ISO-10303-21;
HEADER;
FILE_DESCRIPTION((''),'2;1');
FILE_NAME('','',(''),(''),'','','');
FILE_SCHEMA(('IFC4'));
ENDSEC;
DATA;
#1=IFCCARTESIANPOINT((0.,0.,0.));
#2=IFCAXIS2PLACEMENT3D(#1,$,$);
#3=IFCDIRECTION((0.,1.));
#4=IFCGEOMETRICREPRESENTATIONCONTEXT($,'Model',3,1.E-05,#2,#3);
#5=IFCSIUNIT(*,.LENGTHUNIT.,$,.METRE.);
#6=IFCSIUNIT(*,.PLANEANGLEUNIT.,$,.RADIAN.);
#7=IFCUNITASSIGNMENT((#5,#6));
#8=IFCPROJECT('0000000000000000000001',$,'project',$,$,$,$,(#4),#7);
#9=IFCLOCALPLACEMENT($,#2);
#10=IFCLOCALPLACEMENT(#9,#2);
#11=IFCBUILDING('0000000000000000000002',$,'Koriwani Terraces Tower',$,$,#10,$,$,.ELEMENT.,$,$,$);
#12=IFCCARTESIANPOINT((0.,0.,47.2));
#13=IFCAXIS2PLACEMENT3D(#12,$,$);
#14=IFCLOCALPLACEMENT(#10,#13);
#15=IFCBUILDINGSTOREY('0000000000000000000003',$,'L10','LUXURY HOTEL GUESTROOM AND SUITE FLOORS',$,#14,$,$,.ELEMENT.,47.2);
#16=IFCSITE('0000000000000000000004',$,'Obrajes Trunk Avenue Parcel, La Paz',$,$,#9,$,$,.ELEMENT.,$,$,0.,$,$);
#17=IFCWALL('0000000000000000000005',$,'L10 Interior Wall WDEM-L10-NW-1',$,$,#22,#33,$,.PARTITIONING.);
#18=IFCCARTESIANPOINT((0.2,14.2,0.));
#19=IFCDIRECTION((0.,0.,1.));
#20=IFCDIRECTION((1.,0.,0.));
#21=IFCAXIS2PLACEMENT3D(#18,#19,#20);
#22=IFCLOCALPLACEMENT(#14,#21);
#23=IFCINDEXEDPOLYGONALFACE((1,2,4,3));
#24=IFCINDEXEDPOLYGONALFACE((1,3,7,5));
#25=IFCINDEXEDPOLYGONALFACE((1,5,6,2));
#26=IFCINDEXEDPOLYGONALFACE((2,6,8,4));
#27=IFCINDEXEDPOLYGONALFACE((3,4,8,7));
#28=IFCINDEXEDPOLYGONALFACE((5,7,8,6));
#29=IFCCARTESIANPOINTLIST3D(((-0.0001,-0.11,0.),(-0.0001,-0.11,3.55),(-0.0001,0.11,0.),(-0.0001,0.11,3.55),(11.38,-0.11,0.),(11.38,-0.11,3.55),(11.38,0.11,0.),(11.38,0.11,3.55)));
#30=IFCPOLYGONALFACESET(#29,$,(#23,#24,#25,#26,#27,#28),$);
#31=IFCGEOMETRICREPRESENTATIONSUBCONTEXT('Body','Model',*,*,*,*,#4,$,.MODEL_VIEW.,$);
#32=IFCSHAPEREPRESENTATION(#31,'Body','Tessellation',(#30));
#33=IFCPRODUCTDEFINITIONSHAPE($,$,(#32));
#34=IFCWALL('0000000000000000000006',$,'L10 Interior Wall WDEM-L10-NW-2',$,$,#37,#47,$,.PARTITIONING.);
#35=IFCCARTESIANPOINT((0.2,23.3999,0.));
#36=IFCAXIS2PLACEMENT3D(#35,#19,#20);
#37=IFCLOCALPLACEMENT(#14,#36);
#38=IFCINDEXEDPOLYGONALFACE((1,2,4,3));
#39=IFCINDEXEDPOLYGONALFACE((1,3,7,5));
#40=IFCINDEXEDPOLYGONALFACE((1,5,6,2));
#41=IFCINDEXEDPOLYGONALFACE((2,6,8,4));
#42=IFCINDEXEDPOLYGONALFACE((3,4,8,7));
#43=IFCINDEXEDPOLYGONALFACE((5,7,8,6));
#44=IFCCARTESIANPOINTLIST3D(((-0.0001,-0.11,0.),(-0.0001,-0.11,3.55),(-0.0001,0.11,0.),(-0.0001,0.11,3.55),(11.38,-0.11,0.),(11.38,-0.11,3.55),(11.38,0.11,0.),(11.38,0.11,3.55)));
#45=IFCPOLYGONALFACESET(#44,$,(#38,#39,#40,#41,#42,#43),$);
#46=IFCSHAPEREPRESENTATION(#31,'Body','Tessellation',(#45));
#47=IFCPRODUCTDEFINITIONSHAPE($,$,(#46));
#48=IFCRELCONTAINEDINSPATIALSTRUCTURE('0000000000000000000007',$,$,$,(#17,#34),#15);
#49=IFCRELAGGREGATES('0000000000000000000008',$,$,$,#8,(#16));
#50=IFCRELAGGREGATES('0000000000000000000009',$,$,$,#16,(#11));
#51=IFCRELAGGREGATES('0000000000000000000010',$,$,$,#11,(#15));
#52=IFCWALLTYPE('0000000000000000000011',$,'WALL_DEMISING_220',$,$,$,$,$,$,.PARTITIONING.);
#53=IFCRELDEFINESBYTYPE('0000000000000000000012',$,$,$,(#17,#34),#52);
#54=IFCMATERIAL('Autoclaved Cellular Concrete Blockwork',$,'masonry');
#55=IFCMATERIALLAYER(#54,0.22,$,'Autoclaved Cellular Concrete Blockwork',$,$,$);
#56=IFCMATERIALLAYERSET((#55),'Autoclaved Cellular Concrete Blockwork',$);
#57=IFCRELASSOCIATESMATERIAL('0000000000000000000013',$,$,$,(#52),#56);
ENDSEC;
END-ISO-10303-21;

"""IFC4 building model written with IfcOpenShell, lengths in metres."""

from ifc_helpers import new_model, si_unit, direction, frame, frame_2d, origin, place, context, subcontext, project, spatial, rectangle, extrude, material, layer, layer_set, type_object, element, save


model = new_model("IFC4")

# Units and contexts
model_context = context("Model", 3, precision=1e-05, world=origin(), true_north=direction((0.0, 1.0)))
body_context = subcontext(model_context, "Body", "Model", "MODEL_VIEW")
ifc_project = project(units=[si_unit("LENGTHUNIT", "METRE"), si_unit("PLANEANGLEUNIT", "RADIAN")], contexts=[model_context])

# Site, building, storey
site_placement = place(None, origin())
site = spatial("IfcSite", under=ifc_project, at=site_placement, Name="Obrajes Trunk Avenue Parcel, La Paz", CompositionType="ELEMENT", RefElevation=0.0)
building_placement = place(site_placement, origin())
building = spatial("IfcBuilding", under=site, at=building_placement, Name="Koriwani Terraces Tower", CompositionType="ELEMENT")
storey_placement = place(building_placement, frame((0.0, 0.0, 47.2)))
storey = spatial("IfcBuildingStorey", under=building, at=storey_placement, Name="L10", Description="LUXURY HOTEL GUESTROOM AND SUITE FLOORS", CompositionType="ELEMENT", Elevation=47.2)

# Walls
ifc_material_1 = material(Name="Autoclaved Cellular Concrete Blockwork", Category="masonry")
ifc_layer_1 = layer(ifc_material_1, 0.22, Name="Autoclaved Cellular Concrete Blockwork")
ifc_layer_set_1 = layer_set([ifc_layer_1], Name="Autoclaved Cellular Concrete Blockwork")
wall_type_1 = type_object("IfcWallType", Name="WALL_DEMISING_220", PredefinedType="PARTITIONING", material=ifc_layer_set_1)
for number, where, z_axis, x_axis, name in (
    (1, (0.2, 14.2, 0.0), (0.0, 0.0, 1.0), (1.0, 0.0, 0.0), "L10 Interior Wall WDEM-L10-NW-1"),
    (2, (0.2, 23.3999, 0.0), (0.0, 0.0, 1.0), (1.0, 0.0, 0.0), "L10 Interior Wall WDEM-L10-NW-2"),
):
    element("IfcWall", number, at=place(storey_placement, frame(where, z_axis=z_axis, x_axis=x_axis)), inside=storey, type_object=wall_type_1, Name=name, PredefinedType="PARTITIONING", context=body_context, shape_type="SweptSolid", body=[
        extrude(rectangle(XDim=11.3801, YDim=0.22, at=frame_2d((5.6899, 0.0))), origin(), (0.0, 0.0, 1.0), 3.55),
    ])

save(model, "model.ifc")
